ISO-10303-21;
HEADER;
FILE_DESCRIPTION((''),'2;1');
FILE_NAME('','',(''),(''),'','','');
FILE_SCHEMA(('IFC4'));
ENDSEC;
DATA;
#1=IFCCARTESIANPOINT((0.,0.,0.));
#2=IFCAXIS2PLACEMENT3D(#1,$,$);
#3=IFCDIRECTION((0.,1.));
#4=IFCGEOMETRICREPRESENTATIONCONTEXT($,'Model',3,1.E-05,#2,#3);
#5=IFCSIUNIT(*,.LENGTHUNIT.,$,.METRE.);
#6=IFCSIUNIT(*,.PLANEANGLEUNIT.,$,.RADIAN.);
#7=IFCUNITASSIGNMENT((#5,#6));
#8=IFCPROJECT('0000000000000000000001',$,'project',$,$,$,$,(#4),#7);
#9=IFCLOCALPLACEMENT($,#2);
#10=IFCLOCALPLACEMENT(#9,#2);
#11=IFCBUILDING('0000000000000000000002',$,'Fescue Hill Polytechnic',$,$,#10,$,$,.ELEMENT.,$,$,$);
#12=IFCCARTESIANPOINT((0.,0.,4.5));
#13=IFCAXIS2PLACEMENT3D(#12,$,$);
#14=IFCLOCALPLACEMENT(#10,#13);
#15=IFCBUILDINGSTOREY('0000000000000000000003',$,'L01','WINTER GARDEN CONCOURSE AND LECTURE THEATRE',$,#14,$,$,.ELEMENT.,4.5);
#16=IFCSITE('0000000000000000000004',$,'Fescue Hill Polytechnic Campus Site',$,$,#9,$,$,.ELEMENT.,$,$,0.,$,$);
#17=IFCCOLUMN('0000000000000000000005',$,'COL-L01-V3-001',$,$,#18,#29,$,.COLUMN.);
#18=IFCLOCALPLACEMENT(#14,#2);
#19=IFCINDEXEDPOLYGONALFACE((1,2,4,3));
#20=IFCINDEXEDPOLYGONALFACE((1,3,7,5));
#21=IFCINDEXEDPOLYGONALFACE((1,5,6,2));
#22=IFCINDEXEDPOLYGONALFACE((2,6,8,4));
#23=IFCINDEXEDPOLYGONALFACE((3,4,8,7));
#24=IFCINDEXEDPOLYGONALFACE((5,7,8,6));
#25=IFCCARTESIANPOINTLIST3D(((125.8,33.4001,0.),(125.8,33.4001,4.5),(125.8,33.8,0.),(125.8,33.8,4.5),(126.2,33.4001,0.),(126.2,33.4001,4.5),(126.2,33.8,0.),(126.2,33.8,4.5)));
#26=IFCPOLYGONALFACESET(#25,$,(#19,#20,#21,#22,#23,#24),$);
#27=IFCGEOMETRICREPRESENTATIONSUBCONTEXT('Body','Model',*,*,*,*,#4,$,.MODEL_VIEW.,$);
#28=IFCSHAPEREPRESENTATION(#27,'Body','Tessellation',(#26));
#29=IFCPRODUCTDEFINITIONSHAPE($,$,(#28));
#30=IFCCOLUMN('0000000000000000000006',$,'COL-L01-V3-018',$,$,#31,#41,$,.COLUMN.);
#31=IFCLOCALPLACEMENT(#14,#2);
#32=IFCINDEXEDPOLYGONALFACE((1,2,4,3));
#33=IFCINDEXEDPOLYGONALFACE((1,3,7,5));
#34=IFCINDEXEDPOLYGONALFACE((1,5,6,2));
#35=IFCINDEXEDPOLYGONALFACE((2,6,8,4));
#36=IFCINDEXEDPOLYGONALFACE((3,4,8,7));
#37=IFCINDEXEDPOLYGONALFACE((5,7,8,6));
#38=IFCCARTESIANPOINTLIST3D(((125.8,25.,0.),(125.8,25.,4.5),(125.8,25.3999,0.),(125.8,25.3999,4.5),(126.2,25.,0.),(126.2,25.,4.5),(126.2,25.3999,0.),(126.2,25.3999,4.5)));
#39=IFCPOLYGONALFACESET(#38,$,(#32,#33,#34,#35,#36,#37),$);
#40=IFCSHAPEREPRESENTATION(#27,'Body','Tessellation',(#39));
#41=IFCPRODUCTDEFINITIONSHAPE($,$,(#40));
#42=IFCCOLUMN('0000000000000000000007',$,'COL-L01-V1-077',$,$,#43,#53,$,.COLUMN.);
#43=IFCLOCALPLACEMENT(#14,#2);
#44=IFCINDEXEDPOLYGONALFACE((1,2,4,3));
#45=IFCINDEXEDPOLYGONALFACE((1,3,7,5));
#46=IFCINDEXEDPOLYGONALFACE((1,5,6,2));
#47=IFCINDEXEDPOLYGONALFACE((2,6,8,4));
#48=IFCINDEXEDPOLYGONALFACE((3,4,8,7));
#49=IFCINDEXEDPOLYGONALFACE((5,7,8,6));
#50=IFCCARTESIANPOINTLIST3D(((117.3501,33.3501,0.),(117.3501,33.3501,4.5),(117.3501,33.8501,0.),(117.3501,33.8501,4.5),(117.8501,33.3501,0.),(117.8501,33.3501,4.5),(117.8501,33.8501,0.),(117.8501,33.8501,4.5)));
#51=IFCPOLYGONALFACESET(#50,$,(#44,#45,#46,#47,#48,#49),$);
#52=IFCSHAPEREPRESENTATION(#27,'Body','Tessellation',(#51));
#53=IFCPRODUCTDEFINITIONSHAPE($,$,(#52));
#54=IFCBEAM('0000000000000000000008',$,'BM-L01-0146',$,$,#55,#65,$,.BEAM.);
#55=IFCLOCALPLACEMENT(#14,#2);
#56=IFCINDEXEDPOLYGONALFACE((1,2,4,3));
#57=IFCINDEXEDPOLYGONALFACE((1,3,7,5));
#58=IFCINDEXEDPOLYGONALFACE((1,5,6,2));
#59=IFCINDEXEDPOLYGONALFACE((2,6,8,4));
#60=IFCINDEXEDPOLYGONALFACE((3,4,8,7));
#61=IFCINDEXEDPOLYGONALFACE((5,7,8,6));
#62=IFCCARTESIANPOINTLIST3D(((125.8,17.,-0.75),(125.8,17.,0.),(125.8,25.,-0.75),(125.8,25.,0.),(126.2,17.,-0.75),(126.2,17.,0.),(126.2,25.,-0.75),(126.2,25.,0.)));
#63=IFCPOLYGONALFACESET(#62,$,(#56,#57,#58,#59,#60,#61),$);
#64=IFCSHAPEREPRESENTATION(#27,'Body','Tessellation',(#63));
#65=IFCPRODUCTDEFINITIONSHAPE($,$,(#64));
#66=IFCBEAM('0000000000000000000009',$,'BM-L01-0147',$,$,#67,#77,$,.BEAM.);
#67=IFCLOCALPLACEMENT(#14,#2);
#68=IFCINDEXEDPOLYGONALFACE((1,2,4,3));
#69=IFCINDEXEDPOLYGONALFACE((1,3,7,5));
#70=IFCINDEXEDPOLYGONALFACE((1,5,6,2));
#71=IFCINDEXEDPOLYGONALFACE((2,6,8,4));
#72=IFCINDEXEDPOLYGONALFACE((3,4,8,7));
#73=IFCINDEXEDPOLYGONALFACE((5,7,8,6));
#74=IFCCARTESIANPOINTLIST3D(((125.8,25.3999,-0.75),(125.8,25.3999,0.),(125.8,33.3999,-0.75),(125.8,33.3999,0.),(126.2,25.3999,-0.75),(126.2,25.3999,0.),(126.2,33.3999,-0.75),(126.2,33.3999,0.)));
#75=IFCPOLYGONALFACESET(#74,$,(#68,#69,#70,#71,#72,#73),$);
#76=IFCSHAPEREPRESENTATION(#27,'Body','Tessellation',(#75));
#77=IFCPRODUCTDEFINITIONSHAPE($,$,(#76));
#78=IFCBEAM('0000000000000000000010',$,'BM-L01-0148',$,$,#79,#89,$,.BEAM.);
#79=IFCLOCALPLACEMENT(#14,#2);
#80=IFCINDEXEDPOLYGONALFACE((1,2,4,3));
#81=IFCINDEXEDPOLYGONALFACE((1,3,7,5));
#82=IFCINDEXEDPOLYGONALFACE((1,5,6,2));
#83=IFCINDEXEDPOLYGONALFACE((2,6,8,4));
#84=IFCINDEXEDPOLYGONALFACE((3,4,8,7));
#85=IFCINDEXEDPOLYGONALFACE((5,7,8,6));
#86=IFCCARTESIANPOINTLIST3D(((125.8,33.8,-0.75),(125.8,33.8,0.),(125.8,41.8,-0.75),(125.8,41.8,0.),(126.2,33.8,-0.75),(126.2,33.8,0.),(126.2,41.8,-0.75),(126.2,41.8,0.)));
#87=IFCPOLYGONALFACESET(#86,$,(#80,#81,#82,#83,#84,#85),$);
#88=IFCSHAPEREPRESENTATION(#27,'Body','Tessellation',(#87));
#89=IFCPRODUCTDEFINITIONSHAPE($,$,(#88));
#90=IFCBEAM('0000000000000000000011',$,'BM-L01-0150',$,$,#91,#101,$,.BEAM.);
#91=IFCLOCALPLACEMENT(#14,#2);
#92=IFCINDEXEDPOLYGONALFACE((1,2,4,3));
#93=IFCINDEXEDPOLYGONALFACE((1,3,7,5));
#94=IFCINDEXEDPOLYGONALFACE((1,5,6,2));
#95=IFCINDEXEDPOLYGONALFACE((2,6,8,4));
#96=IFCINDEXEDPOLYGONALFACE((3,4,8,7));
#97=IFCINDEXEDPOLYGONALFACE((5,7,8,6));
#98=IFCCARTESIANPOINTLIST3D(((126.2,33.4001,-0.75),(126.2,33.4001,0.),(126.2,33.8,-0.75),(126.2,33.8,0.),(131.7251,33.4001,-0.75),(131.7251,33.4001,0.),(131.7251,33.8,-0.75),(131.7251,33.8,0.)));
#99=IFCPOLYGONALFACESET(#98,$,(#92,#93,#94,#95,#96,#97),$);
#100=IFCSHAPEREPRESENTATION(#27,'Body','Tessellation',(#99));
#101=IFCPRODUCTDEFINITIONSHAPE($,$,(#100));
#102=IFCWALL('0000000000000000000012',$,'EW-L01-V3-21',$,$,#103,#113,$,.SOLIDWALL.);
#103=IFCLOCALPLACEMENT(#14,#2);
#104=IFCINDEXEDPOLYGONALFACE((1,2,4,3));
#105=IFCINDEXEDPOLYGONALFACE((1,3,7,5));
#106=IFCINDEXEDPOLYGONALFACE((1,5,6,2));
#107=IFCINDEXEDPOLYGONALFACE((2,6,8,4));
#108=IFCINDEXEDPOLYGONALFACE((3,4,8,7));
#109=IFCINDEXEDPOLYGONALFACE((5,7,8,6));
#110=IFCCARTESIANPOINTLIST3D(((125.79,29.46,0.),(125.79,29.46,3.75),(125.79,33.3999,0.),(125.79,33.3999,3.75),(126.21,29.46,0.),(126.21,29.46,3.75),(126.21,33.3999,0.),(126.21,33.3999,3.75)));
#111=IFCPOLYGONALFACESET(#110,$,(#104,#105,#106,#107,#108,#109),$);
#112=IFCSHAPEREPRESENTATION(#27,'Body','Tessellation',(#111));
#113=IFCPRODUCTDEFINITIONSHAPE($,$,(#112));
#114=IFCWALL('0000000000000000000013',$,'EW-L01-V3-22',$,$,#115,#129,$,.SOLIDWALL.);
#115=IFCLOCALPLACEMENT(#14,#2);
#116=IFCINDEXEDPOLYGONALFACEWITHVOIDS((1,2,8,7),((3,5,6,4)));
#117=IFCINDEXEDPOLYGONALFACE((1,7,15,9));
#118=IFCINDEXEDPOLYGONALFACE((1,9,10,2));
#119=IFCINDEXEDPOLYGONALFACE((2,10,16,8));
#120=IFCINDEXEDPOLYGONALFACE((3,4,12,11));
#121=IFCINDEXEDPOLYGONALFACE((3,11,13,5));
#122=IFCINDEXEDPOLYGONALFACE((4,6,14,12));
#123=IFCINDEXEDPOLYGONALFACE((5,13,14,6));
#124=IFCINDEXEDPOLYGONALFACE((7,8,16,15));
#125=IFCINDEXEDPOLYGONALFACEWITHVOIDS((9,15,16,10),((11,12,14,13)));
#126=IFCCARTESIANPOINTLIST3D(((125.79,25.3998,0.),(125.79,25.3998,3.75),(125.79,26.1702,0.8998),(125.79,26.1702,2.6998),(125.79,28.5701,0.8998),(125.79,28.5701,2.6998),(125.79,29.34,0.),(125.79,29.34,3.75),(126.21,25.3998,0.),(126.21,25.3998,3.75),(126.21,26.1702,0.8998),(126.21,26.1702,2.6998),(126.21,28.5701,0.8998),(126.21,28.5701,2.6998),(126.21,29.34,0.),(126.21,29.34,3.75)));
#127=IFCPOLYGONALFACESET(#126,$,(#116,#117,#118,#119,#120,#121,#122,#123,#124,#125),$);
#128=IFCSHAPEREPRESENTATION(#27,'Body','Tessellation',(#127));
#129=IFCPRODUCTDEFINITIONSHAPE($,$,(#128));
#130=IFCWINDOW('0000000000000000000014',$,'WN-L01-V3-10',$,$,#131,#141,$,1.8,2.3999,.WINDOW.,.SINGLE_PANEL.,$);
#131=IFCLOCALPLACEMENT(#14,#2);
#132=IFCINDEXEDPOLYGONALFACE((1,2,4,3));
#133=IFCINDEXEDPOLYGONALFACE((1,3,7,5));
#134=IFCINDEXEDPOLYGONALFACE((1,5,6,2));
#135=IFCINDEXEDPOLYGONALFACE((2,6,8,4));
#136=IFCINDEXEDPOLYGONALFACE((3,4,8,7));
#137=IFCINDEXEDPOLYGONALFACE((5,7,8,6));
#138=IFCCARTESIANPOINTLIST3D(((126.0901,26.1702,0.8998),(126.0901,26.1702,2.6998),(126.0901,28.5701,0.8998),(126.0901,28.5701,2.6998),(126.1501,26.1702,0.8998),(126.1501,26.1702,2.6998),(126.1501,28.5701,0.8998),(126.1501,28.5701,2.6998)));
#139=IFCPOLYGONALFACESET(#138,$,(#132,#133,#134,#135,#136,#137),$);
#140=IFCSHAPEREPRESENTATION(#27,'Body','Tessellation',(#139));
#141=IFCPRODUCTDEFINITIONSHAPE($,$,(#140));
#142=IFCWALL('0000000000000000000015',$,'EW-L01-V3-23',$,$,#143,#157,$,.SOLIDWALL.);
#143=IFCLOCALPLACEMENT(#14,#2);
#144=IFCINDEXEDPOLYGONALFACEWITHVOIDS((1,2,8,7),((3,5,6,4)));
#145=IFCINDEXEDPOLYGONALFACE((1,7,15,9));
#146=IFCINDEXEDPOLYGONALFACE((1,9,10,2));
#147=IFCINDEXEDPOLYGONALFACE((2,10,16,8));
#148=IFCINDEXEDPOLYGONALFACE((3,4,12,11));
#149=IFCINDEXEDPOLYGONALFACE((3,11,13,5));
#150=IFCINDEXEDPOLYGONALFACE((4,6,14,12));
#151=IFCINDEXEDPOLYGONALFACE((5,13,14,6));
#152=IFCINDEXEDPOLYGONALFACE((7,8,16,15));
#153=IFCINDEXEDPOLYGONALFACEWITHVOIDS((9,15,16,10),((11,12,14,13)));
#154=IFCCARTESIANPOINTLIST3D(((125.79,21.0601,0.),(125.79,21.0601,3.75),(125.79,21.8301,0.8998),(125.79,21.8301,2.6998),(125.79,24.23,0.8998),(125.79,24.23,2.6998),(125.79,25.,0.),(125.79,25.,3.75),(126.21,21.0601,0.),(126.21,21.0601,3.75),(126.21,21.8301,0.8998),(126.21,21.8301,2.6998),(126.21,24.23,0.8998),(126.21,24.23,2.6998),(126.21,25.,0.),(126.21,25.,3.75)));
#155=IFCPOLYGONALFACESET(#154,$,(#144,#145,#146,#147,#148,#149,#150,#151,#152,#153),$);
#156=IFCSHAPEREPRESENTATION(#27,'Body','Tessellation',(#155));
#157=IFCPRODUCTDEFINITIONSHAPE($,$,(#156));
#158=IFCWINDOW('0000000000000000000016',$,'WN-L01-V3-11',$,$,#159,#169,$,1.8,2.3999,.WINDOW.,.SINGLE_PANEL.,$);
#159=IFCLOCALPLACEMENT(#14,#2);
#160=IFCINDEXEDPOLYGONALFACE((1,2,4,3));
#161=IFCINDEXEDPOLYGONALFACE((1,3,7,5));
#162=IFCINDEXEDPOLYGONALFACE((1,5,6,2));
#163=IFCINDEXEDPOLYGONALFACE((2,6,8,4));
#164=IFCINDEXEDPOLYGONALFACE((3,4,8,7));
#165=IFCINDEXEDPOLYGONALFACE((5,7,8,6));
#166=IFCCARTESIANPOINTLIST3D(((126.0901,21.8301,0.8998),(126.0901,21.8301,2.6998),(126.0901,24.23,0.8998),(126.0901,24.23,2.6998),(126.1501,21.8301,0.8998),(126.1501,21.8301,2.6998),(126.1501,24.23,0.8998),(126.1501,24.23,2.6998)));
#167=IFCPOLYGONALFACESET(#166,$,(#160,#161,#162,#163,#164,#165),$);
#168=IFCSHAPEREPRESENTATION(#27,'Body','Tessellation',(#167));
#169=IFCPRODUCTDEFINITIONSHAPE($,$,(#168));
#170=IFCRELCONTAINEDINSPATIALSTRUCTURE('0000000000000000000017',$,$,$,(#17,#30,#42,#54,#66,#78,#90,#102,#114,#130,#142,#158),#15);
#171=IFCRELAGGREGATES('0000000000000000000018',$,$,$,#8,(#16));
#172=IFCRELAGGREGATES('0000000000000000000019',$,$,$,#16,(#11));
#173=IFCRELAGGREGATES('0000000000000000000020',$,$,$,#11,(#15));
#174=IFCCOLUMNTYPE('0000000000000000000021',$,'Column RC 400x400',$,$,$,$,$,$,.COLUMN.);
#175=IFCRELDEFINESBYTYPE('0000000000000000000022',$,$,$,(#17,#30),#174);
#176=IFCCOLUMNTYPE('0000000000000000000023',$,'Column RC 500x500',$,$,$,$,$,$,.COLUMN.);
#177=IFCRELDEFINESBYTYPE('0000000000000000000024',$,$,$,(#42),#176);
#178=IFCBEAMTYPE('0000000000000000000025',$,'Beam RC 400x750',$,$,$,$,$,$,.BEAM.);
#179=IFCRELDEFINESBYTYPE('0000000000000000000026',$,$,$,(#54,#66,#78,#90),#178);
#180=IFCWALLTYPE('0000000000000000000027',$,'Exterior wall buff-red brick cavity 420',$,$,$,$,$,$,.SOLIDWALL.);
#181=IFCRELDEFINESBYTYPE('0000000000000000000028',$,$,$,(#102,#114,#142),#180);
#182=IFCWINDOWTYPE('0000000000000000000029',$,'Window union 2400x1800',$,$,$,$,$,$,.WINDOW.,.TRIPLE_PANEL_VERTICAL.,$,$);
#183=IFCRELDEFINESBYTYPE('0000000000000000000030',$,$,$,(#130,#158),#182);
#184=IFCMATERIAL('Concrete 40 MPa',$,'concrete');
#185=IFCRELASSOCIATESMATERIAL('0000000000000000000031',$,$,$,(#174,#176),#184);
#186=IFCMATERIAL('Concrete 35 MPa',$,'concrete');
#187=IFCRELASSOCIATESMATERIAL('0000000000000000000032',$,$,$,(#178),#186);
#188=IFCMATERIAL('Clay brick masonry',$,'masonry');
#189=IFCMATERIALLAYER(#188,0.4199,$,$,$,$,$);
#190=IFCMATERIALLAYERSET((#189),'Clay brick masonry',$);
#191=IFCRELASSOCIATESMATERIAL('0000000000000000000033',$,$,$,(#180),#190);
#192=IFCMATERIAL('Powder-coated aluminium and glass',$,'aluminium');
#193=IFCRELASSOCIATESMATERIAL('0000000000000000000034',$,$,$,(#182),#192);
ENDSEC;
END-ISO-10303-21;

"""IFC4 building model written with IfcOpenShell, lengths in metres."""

from ifc_helpers import new_model, si_unit, direction, frame, frame_2d, origin, origin_2d, place, context, subcontext, project, spatial, rectangle, extrude, material, layer, layer_set, material_profile, profile_set, type_object, element, fill, save


model = new_model("IFC4")

# Units and contexts
model_context = context("Model", 3, precision=1e-05, world=origin(), true_north=direction((0.0, 1.0)))
body_context = subcontext(model_context, "Body", "Model", "MODEL_VIEW")
ifc_project = project(units=[si_unit("LENGTHUNIT", "METRE"), si_unit("PLANEANGLEUNIT", "RADIAN")], contexts=[model_context])

# Site, building, storey
site_placement = place(None, origin())
site = spatial("IfcSite", under=ifc_project, at=site_placement, Name="Fescue Hill Polytechnic Campus Site", CompositionType="ELEMENT", RefElevation=0.0)
building_placement = place(site_placement, origin())
building = spatial("IfcBuilding", under=site, at=building_placement, Name="Fescue Hill Polytechnic", CompositionType="ELEMENT")
storey_placement = place(building_placement, frame((0.0, 0.0, 4.5)))
storey = spatial("IfcBuildingStorey", under=building, at=storey_placement, Name="L01", Description="WINTER GARDEN CONCOURSE AND LECTURE THEATRE", CompositionType="ELEMENT", Elevation=4.5)

# Columns
ifc_material_1 = material(Name="Concrete 40 MPa", Category="concrete")
ifc_material_profile_1 = material_profile(ifc_material_1, rectangle(XDim=0.3999, YDim=0.3999, at=origin_2d()), Name="RC 400x400")
ifc_profile_set_1 = profile_set([ifc_material_profile_1], Name="Concrete 40 MPa")
column_type_1 = type_object("IfcColumnType", Name="Column RC 400x400", PredefinedType="COLUMN", material=ifc_profile_set_1)
for number, where, z_axis, x_axis, name in (
    (1, (126.0, 33.6001, 0.0), (0.0, 0.0, 1.0), (1.0, 0.0, 0.0), "COL-L01-V3-001"),
    (2, (126.0, 25.2, 0.0), (0.0, 0.0, 1.0), (1.0, 0.0, 0.0), "COL-L01-V3-018"),
):
    element("IfcColumn", number, at=place(storey_placement, frame(where, z_axis=z_axis, x_axis=x_axis)), inside=storey, type_object=column_type_1, Name=name, PredefinedType="COLUMN", context=body_context, shape_type="SweptSolid", body=[
        extrude(rectangle(XDim=0.3999, YDim=0.3999, at=origin_2d()), origin(), (0.0, 0.0, 1.0), 4.5),
    ])
ifc_material_profile_2 = material_profile(ifc_material_1, rectangle(XDim=0.5, YDim=0.5, at=origin_2d()), Name="RC 500x500")
ifc_profile_set_2 = profile_set([ifc_material_profile_2], Name="Concrete 40 MPa")
column_type_2 = type_object("IfcColumnType", Name="Column RC 500x500", PredefinedType="COLUMN", material=ifc_profile_set_2)
column_placement = place(storey_placement, frame((117.6001, 33.6001, 0.0), z_axis=(0.0, 0.0, 1.0), x_axis=(1.0, 0.0, 0.0)))
element("IfcColumn", 3, at=column_placement, inside=storey, type_object=column_type_2, Name="COL-L01-V1-077", PredefinedType="COLUMN", context=body_context, shape_type="SweptSolid", body=[
    extrude(rectangle(XDim=0.5, YDim=0.5, at=origin_2d()), origin(), (0.0, 0.0, 1.0), 4.5),
])

# Beams
ifc_material_2 = material(Name="Concrete 35 MPa", Category="concrete")
ifc_material_profile_3 = material_profile(ifc_material_2, rectangle(XDim=0.3999, YDim=0.75, at=origin_2d()), Name="RC 400x750")
ifc_profile_set_3 = profile_set([ifc_material_profile_3], Name="Concrete 35 MPa")
beam_type = type_object("IfcBeamType", Name="Beam RC 400x750", PredefinedType="BEAM", material=ifc_profile_set_3)
for number, where, z_axis, x_axis, name in (
    (4, (126.0, 25.0, -0.375), (0.0, -1.0, 0.0), (1.0, 0.0, 0.0), "BM-L01-0146"),
    (5, (126.0, 33.3999, -0.375), (0.0, -1.0, 0.0), (1.0, 0.0, 0.0), "BM-L01-0147"),
    (6, (126.0, 33.8, -0.375), (0.0, 1.0, 0.0), (-1.0, 0.0, 0.0), "BM-L01-0148"),
):
    element("IfcBeam", number, at=place(storey_placement, frame(where, z_axis=z_axis, x_axis=x_axis)), inside=storey, type_object=beam_type, Name=name, PredefinedType="BEAM", context=body_context, shape_type="SweptSolid", body=[
        extrude(rectangle(XDim=0.3999, YDim=0.75, at=origin_2d()), origin(), (0.0, 0.0, 1.0), 8.0),
    ])
beam_placement = place(storey_placement, frame((126.2, 33.6001, -0.375), z_axis=(1.0, 0.0, 0.0), x_axis=(0.0, 1.0, 0.0)))
element("IfcBeam", 7, at=beam_placement, inside=storey, type_object=beam_type, Name="BM-L01-0150", PredefinedType="BEAM", context=body_context, shape_type="SweptSolid", body=[
    extrude(rectangle(XDim=0.3999, YDim=0.75, at=origin_2d()), origin(), (0.0, 0.0, 1.0), 5.5251),
])

# Wall
ifc_material_3 = material(Name="Clay brick masonry", Category="masonry")
ifc_layer_1 = layer(ifc_material_3, 0.4199)
ifc_layer_set_1 = layer_set([ifc_layer_1], Name="Clay brick masonry")
wall_type_1 = type_object("IfcWallType", Name="Exterior wall buff-red brick cavity 420", PredefinedType="SOLIDWALL", material=ifc_layer_set_1)
wall_1_placement = place(storey_placement, frame((126.0, 33.3999, 0.0), z_axis=(0.0, 0.0, 1.0), x_axis=(0.0, -1.0, 0.0)))
element("IfcWall", 8, at=wall_1_placement, inside=storey, type_object=wall_type_1, Name="EW-L01-V3-21", PredefinedType="SOLIDWALL", context=body_context, shape_type="SweptSolid", body=[
    extrude(rectangle(XDim=3.9399, YDim=0.4199, at=frame_2d((1.97, 0.0))), origin(), (0.0, 0.0, 1.0), 3.75),
])

# Walls, openings, windows
wall_2_placement = place(storey_placement, frame((126.0, 29.3401, 0.0), z_axis=(0.0, 0.0, 1.0), x_axis=(0.0, -1.0, 0.0)))
wall_2 = element("IfcWall", 9, at=wall_2_placement, inside=storey, type_object=wall_type_1, Name="EW-L01-V3-22", PredefinedType="SOLIDWALL", context=body_context, shape_type="SweptSolid", body=[
    extrude(rectangle(XDim=3.9402, YDim=0.4199, at=frame_2d((1.9702, 0.0))), origin(), (0.0, 0.0, 1.0), 3.75),
])
opening_1_placement = place(wall_2_placement, frame((0.77, 0.0, 0.8999)))
opening_1 = element("IfcOpeningElement", 10, at=opening_1_placement, cuts=wall_2, PredefinedType="OPENING", context=body_context, shape_type="SweptSolid", body=[
    extrude(rectangle(XDim=2.3999, YDim=1.8, at=frame_2d((1.2, 0.8999))), frame((0.0, 0.22, 0.0), z_axis=(0.0, -1.0, 0.0), x_axis=(1.0, 0.0, 0.0)), (0.0, 0.0, 1.0), 0.4399),
])
ifc_material_4 = material(Name="Powder-coated aluminium and glass", Category="aluminium")
window_type = type_object("IfcWindowType", Name="Window union 2400x1800", PartitioningType="TRIPLE_PANEL_VERTICAL", PredefinedType="WINDOW", material=ifc_material_4)
window_1_placement = place(opening_1_placement, origin())
window_1 = element("IfcWindow", 11, at=window_1_placement, inside=storey, type_object=window_type, Name="WN-L01-V3-10", OverallHeight=1.8, OverallWidth=2.3999, PartitioningType="SINGLE_PANEL", PredefinedType="WINDOW", context=body_context, shape_type="SweptSolid", body=[
    extrude(rectangle(XDim=2.3999, YDim=1.8, at=frame_2d((1.2, 0.8999))), frame((0.0, 0.1501, 0.0), z_axis=(0.0, -1.0, 0.0), x_axis=(1.0, 0.0, 0.0)), (0.0, 0.0, 1.0), 0.0601),
])
fill(opening_1, window_1)
wall_3_placement = place(storey_placement, frame((126.0, 25.0, 0.0), z_axis=(0.0, 0.0, 1.0), x_axis=(0.0, -1.0, 0.0)))
wall_3 = element("IfcWall", 12, at=wall_3_placement, inside=storey, type_object=wall_type_1, Name="EW-L01-V3-23", PredefinedType="SOLIDWALL", context=body_context, shape_type="SweptSolid", body=[
    extrude(rectangle(XDim=3.9399, YDim=0.4199, at=frame_2d((1.97, 0.0))), origin(), (0.0, 0.0, 1.0), 3.75),
])
opening_2_placement = place(wall_3_placement, frame((0.77, 0.0, 0.8999)))
opening_2 = element("IfcOpeningElement", 13, at=opening_2_placement, cuts=wall_3, PredefinedType="OPENING", context=body_context, shape_type="SweptSolid", body=[
    extrude(rectangle(XDim=2.3999, YDim=1.8, at=frame_2d((1.2, 0.8999))), frame((0.0, 0.22, 0.0), z_axis=(0.0, -1.0, 0.0), x_axis=(1.0, 0.0, 0.0)), (0.0, 0.0, 1.0), 0.4399),
])
window_2_placement = place(opening_2_placement, origin())
window_2 = element("IfcWindow", 14, at=window_2_placement, inside=storey, type_object=window_type, Name="WN-L01-V3-11", OverallHeight=1.8, OverallWidth=2.3999, PartitioningType="SINGLE_PANEL", PredefinedType="WINDOW", context=body_context, shape_type="SweptSolid", body=[
    extrude(rectangle(XDim=2.3999, YDim=1.8, at=frame_2d((1.2, 0.8999))), frame((0.0, 0.1501, 0.0), z_axis=(0.0, -1.0, 0.0), x_axis=(1.0, 0.0, 0.0)), (0.0, 0.0, 1.0), 0.0601),
])
fill(opening_2, window_2)

save(model, "model.ifc")
